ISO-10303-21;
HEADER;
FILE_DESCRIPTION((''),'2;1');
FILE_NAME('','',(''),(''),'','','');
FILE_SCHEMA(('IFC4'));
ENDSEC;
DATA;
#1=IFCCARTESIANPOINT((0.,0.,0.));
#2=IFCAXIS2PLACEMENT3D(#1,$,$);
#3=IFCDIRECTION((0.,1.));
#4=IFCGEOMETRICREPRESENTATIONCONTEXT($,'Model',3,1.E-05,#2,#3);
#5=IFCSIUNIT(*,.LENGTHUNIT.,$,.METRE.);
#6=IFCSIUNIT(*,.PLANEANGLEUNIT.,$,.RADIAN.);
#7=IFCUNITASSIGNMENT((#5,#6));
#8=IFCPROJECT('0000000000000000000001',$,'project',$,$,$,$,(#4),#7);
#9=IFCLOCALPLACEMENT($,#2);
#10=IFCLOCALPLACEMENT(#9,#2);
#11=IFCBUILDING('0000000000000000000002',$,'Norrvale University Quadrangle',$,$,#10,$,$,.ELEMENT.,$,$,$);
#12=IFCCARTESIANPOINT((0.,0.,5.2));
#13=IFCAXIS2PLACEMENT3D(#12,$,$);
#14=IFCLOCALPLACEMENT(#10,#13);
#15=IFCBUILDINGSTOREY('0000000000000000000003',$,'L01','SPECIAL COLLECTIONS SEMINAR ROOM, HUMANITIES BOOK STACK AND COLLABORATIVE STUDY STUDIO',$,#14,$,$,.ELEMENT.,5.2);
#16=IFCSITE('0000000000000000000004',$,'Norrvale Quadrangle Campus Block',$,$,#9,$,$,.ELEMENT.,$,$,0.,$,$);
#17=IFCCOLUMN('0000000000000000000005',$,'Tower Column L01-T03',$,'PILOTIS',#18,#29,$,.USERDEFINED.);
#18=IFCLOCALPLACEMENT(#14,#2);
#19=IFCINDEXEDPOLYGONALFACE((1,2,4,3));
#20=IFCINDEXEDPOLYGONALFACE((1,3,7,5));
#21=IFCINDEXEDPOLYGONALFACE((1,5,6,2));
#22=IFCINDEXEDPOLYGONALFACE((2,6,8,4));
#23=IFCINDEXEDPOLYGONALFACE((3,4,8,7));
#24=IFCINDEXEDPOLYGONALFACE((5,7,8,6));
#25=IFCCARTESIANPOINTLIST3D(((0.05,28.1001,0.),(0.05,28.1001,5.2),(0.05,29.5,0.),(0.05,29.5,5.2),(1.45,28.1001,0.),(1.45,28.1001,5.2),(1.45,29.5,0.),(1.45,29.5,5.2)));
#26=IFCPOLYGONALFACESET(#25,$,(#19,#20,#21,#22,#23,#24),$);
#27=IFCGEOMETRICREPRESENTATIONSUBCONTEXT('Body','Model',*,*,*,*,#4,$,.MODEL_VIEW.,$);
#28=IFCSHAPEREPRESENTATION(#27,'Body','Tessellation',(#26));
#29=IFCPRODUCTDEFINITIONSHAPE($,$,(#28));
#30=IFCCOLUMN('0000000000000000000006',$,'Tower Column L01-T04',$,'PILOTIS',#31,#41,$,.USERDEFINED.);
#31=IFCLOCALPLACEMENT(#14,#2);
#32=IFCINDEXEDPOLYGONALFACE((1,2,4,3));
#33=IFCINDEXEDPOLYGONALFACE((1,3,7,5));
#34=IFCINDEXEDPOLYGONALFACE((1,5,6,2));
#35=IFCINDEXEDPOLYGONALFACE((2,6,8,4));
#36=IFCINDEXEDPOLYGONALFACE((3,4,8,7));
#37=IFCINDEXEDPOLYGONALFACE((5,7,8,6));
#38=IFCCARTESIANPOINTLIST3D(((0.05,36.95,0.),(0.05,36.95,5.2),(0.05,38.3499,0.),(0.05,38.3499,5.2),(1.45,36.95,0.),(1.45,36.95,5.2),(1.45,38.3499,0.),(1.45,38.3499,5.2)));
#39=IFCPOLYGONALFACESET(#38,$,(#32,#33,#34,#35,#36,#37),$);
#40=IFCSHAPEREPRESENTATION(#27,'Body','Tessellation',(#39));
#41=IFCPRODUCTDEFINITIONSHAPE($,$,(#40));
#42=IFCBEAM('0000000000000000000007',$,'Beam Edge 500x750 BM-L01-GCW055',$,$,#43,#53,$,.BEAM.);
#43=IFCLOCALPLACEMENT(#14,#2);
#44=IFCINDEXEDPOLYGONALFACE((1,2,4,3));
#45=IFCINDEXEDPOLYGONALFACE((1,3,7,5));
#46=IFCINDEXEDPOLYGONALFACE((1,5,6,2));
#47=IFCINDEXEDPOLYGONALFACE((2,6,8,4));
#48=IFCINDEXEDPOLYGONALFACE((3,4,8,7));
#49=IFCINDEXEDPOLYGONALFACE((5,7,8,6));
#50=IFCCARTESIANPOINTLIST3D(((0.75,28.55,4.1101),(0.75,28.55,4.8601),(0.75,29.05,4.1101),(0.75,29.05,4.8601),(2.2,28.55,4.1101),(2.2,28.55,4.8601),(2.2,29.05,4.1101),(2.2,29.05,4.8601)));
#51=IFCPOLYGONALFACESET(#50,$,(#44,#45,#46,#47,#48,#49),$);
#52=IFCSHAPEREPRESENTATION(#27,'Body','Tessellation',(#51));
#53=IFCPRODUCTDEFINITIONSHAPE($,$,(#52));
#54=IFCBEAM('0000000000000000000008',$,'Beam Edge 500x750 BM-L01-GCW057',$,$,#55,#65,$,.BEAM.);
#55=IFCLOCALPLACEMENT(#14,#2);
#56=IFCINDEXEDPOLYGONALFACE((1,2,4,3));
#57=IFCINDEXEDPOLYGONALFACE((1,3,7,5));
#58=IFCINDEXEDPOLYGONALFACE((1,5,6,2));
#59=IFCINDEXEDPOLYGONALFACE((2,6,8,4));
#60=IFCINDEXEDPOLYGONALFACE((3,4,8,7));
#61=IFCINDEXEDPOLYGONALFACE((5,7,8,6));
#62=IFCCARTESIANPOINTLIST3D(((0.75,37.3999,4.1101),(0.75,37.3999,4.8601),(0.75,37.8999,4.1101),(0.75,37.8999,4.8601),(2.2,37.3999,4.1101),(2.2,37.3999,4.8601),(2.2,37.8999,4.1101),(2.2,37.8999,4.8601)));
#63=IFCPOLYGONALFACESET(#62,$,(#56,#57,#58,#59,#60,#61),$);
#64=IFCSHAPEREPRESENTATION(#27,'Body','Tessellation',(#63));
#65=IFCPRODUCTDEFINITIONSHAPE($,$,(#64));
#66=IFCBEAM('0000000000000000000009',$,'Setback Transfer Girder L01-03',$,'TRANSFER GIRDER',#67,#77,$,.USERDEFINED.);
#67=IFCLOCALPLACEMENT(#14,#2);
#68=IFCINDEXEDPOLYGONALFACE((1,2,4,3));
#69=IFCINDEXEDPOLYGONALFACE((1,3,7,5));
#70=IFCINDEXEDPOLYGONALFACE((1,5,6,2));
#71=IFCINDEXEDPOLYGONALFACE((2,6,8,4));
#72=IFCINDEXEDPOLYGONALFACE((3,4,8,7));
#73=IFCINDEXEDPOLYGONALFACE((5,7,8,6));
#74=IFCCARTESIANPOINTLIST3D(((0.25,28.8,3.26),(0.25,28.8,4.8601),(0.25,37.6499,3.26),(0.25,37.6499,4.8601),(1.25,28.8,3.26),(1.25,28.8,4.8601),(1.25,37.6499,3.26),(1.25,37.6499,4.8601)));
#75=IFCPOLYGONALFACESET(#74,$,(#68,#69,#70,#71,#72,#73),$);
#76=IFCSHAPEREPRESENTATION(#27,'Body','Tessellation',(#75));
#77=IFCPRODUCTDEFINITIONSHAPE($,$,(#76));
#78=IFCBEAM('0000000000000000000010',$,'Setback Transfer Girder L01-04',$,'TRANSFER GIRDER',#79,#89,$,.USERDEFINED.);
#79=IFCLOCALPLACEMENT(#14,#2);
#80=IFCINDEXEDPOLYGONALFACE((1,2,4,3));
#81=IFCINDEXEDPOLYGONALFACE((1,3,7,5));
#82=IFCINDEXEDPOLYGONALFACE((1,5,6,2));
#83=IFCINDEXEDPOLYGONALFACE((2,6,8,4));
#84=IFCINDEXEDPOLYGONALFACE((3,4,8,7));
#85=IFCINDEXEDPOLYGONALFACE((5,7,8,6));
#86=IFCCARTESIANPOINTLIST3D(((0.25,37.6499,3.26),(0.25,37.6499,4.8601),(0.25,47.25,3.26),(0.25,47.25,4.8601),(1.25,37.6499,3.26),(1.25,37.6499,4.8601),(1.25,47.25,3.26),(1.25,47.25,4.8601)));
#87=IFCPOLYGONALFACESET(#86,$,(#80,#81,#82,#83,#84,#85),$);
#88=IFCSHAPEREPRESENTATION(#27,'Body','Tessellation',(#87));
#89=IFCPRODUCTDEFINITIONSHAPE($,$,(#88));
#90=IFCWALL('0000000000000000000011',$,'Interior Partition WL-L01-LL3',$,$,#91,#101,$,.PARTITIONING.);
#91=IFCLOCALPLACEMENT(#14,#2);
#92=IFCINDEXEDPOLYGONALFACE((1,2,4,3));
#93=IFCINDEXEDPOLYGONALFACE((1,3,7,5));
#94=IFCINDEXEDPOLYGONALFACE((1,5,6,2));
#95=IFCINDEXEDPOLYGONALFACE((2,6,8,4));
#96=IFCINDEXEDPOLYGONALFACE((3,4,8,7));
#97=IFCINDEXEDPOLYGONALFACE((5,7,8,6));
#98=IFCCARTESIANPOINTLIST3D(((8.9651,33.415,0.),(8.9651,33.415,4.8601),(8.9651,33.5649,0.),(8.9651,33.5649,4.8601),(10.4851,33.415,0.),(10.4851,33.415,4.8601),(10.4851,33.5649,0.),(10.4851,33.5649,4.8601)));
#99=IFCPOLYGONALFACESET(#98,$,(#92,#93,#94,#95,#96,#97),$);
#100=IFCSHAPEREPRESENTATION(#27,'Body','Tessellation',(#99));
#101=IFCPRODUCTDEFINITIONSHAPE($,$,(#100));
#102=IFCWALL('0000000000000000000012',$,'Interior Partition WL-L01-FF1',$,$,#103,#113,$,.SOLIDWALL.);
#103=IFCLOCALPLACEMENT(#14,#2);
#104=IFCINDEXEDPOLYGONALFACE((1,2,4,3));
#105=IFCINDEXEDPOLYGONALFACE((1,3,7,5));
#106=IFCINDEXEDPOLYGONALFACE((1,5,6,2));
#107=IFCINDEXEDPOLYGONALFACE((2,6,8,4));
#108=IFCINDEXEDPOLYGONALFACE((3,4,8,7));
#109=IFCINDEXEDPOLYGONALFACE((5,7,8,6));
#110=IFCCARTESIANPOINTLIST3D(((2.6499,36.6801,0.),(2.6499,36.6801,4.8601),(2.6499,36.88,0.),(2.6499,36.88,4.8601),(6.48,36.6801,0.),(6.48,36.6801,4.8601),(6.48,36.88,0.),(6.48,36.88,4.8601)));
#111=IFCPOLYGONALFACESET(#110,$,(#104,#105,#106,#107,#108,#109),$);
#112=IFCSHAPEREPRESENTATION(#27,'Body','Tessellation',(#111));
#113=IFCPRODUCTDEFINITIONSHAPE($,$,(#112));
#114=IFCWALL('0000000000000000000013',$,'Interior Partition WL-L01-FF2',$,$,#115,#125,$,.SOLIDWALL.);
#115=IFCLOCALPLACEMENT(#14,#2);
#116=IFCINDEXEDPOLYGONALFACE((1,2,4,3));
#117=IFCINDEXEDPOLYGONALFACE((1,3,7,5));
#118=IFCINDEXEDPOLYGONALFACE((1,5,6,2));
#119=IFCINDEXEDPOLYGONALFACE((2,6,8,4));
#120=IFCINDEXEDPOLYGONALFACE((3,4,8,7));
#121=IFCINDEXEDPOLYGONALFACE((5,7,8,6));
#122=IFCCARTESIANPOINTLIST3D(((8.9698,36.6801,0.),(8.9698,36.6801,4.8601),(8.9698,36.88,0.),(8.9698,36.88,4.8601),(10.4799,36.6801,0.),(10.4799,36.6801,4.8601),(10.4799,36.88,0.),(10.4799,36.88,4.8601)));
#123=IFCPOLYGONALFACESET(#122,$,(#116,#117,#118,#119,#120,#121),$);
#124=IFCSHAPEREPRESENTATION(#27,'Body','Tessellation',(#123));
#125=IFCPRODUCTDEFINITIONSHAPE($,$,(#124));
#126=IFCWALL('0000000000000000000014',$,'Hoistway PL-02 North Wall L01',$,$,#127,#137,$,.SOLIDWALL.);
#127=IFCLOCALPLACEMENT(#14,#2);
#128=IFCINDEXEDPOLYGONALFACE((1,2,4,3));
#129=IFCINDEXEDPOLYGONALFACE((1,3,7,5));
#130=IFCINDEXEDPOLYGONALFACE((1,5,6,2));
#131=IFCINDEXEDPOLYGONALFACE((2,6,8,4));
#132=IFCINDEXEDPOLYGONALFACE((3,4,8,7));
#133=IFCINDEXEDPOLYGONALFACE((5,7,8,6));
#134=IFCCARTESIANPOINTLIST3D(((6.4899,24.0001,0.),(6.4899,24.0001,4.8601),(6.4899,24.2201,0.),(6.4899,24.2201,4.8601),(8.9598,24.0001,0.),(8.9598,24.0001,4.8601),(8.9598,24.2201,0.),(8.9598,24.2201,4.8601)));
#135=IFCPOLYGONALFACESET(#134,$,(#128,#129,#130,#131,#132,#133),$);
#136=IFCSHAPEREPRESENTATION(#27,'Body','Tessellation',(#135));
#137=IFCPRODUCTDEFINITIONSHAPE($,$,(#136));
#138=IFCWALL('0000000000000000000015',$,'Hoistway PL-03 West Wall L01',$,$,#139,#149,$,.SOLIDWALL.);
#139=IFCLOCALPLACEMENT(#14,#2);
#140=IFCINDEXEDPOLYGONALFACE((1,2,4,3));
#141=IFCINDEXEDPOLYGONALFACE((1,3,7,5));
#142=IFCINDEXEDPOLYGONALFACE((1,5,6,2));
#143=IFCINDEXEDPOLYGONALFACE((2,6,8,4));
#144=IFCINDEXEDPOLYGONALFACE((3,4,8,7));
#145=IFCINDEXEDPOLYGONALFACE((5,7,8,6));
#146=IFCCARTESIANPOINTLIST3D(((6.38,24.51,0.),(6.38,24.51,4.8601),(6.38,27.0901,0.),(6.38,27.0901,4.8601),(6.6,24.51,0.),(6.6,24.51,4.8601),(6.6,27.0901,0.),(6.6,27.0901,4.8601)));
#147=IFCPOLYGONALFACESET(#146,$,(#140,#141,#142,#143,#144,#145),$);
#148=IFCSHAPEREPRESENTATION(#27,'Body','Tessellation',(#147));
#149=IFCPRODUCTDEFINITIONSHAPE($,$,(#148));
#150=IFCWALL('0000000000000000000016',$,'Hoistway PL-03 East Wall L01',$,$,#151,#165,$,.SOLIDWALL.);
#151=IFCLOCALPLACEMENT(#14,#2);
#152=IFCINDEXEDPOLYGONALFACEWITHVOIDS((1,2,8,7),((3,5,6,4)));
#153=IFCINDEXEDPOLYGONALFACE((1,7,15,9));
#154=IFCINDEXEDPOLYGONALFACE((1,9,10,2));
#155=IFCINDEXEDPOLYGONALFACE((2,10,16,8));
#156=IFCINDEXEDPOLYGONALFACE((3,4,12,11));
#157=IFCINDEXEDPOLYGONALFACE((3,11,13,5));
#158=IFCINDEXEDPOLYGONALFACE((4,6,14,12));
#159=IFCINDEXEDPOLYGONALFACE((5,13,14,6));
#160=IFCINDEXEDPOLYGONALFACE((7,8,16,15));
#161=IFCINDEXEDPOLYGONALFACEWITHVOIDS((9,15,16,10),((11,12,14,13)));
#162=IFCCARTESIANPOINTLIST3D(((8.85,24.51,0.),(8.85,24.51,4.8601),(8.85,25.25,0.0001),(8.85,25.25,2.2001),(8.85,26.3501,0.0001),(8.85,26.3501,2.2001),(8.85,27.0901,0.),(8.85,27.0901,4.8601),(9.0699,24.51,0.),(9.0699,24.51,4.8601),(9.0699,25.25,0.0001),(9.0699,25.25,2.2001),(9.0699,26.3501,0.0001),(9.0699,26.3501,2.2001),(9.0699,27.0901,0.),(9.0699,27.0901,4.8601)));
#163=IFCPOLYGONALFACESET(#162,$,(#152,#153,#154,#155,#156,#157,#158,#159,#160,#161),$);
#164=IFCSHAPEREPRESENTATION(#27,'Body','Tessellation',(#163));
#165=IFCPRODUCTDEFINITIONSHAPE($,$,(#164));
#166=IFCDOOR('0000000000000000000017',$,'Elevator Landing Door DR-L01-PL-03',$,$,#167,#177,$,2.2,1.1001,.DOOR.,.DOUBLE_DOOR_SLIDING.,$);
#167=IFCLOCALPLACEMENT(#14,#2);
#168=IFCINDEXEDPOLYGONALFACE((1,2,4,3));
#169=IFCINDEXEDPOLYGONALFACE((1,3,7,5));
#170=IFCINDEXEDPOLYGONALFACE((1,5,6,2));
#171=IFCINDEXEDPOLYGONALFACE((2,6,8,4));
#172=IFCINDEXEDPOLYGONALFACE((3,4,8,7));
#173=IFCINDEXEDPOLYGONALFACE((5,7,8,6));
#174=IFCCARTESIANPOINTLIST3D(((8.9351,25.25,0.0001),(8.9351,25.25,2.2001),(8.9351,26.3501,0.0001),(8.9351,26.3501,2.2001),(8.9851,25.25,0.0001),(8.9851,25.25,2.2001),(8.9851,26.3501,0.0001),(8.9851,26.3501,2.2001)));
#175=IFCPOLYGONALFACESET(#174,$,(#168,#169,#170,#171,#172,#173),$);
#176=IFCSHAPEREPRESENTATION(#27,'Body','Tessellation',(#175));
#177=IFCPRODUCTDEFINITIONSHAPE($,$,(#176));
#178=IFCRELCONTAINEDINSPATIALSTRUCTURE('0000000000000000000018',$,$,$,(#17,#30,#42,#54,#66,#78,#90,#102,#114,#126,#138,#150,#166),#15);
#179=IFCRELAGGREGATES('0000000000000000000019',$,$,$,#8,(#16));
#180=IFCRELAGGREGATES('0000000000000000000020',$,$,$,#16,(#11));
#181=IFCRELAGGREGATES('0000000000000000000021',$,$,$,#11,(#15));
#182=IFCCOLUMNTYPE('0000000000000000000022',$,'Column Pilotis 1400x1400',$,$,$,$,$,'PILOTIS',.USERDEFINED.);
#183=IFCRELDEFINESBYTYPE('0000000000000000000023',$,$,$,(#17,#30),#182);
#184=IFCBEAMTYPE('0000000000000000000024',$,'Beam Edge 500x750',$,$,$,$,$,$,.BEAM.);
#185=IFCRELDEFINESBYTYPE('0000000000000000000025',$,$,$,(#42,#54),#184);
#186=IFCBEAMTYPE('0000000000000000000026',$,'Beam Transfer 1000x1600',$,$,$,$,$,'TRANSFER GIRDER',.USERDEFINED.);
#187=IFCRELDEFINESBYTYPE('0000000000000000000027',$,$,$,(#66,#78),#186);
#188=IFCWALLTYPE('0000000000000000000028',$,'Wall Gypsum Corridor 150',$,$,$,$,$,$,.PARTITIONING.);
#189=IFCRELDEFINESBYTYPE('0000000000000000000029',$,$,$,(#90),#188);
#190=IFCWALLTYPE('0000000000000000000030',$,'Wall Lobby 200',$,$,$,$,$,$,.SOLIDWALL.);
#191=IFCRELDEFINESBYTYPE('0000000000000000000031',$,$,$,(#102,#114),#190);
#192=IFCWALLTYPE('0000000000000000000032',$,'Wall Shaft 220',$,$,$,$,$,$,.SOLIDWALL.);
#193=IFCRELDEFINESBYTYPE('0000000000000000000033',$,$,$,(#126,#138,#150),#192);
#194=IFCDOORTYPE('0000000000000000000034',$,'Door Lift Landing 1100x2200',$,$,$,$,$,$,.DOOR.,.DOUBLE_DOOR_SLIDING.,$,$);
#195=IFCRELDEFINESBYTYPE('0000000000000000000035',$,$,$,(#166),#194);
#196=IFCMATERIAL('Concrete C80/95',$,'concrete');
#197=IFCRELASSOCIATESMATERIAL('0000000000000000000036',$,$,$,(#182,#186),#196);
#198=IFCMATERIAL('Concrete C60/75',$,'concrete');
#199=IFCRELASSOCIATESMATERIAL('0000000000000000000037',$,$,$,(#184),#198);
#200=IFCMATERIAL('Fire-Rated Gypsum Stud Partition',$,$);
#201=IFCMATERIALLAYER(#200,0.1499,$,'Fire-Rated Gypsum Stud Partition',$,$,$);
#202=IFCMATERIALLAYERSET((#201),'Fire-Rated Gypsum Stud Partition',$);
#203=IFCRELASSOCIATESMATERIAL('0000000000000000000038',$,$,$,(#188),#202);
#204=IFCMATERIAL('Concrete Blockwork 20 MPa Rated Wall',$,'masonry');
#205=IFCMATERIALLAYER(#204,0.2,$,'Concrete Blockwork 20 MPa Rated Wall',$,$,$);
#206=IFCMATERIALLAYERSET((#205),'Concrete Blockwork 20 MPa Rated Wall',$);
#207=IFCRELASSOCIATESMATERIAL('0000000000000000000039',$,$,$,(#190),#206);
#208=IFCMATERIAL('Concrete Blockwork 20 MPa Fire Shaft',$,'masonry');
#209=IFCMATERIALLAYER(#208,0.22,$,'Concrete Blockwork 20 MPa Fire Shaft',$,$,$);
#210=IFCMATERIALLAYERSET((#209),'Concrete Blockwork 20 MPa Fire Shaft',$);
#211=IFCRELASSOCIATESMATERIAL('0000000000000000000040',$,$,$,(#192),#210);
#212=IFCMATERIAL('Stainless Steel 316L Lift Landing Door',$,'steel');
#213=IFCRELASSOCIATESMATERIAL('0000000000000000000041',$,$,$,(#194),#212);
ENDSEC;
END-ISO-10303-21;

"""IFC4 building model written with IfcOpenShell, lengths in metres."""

from ifc_helpers import new_model, si_unit, direction, frame, frame_2d, origin, origin_2d, place, context, subcontext, project, spatial, rectangle, extrude, material, layer, layer_set, material_profile, profile_set, type_object, element, fill, save


model = new_model("IFC4")

# Units and contexts
model_context = context("Model", 3, precision=1e-05, world=origin(), true_north=direction((0.0, 1.0)))
body_context = subcontext(model_context, "Body", "Model", "MODEL_VIEW")
ifc_project = project(units=[si_unit("LENGTHUNIT", "METRE"), si_unit("PLANEANGLEUNIT", "RADIAN")], contexts=[model_context])

# Site, building, storey
site_placement = place(None, origin())
site = spatial("IfcSite", under=ifc_project, at=site_placement, Name="Norrvale Quadrangle Campus Block", CompositionType="ELEMENT", RefElevation=0.0)
building_placement = place(site_placement, origin())
building = spatial("IfcBuilding", under=site, at=building_placement, Name="Norrvale University Quadrangle", CompositionType="ELEMENT")
storey_placement = place(building_placement, frame((0.0, 0.0, 5.2)))
storey = spatial("IfcBuildingStorey", under=building, at=storey_placement, Name="L01", Description="SPECIAL COLLECTIONS SEMINAR ROOM, HUMANITIES BOOK STACK AND COLLABORATIVE STUDY STUDIO", CompositionType="ELEMENT", Elevation=5.2)

# Columns
ifc_material_1 = material(Name="Concrete C80/95", Category="concrete")
ifc_material_profile_1 = material_profile(ifc_material_1, rectangle(XDim=1.3999, YDim=1.3999, at=origin_2d()), Name="Concrete C80/95")
ifc_profile_set_1 = profile_set([ifc_material_profile_1], Name="Concrete C80/95")
column_type = type_object("IfcColumnType", Name="Column Pilotis 1400x1400", ElementType="PILOTIS", PredefinedType="USERDEFINED", material=ifc_profile_set_1)
for number, where, z_axis, x_axis, name in (
    (1, (0.75, 28.8, 0.0), (0.0, 0.0, 1.0), (1.0, 0.0, 0.0), "Tower Column L01-T03"),
    (2, (0.75, 37.6499, 0.0), (0.0, 0.0, 1.0), (1.0, 0.0, 0.0), "Tower Column L01-T04"),
):
    element("IfcColumn", number, at=place(storey_placement, frame(where, z_axis=z_axis, x_axis=x_axis)), inside=storey, type_object=column_type, Name=name, ObjectType="PILOTIS", PredefinedType="USERDEFINED", context=body_context, shape_type="SweptSolid", body=[
        extrude(rectangle(XDim=1.3999, YDim=1.3999, at=origin_2d()), origin(), (0.0, 0.0, 1.0), 5.2),
    ])

# Beams
ifc_material_2 = material(Name="Concrete C60/75", Category="concrete")
ifc_material_profile_2 = material_profile(ifc_material_2, rectangle(XDim=0.5, YDim=0.75, at=origin_2d()), Name="Concrete C60/75")
ifc_profile_set_2 = profile_set([ifc_material_profile_2], Name="Concrete C60/75")
beam_type_1 = type_object("IfcBeamType", Name="Beam Edge 500x750", PredefinedType="BEAM", material=ifc_profile_set_2)
for number, where, z_axis, x_axis, name in (
    (3, (0.75, 28.8, 4.4851), (1.0, 0.0, 0.0), (0.0, 1.0, 0.0), "Beam Edge 500x750 BM-L01-GCW055"),
    (4, (0.75, 37.6499, 4.4851), (1.0, 0.0, 0.0), (0.0, 1.0, 0.0), "Beam Edge 500x750 BM-L01-GCW057"),
):
    element("IfcBeam", number, at=place(storey_placement, frame(where, z_axis=z_axis, x_axis=x_axis)), inside=storey, type_object=beam_type_1, Name=name, PredefinedType="BEAM", context=body_context, shape_type="SweptSolid", body=[
        extrude(rectangle(XDim=0.5, YDim=0.75, at=origin_2d()), origin(), (0.0, 0.0, 1.0), 1.45),
    ])
ifc_material_profile_3 = material_profile(ifc_material_1, rectangle(XDim=1.0, YDim=1.6001, at=origin_2d()), Name="Concrete C80/95")
ifc_profile_set_3 = profile_set([ifc_material_profile_3], Name="Concrete C80/95")
beam_type_2 = type_object("IfcBeamType", Name="Beam Transfer 1000x1600", ElementType="TRANSFER GIRDER", PredefinedType="USERDEFINED", material=ifc_profile_set_3)
beam_1_placement = place(storey_placement, frame((0.75, 28.8, 4.0601), z_axis=(0.0, 1.0, 0.0), x_axis=(-1.0, 0.0, 0.0)))
element("IfcBeam", 5, at=beam_1_placement, inside=storey, type_object=beam_type_2, Name="Setback Transfer Girder L01-03", ObjectType="TRANSFER GIRDER", PredefinedType="USERDEFINED", context=body_context, shape_type="SweptSolid", body=[
    extrude(rectangle(XDim=1.0, YDim=1.6001, at=origin_2d()), origin(), (0.0, 0.0, 1.0), 8.8499),
])
beam_2_placement = place(storey_placement, frame((0.75, 37.6499, 4.0601), z_axis=(0.0, 1.0, 0.0), x_axis=(-1.0, 0.0, 0.0)))
element("IfcBeam", 6, at=beam_2_placement, inside=storey, type_object=beam_type_2, Name="Setback Transfer Girder L01-04", ObjectType="TRANSFER GIRDER", PredefinedType="USERDEFINED", context=body_context, shape_type="SweptSolid", body=[
    extrude(rectangle(XDim=1.0, YDim=1.6001, at=origin_2d()), origin(), (0.0, 0.0, 1.0), 9.6001),
])

# Walls
ifc_material_3 = material(Name="Fire-Rated Gypsum Stud Partition")
ifc_layer_1 = layer(ifc_material_3, 0.1499, Name="Fire-Rated Gypsum Stud Partition")
ifc_layer_set_1 = layer_set([ifc_layer_1], Name="Fire-Rated Gypsum Stud Partition")
wall_type_1 = type_object("IfcWallType", Name="Wall Gypsum Corridor 150", PredefinedType="PARTITIONING", material=ifc_layer_set_1)
wall_1_placement = place(storey_placement, frame((8.9651, 33.49, 0.0), z_axis=(0.0, 0.0, 1.0), x_axis=(1.0, 0.0, 0.0)))
element("IfcWall", 7, at=wall_1_placement, inside=storey, type_object=wall_type_1, Name="Interior Partition WL-L01-LL3", PredefinedType="PARTITIONING", context=body_context, shape_type="SweptSolid", body=[
    extrude(rectangle(XDim=1.52, YDim=0.1499, at=frame_2d((0.76, 0.0))), origin(), (0.0, 0.0, 1.0), 4.8601),
])
ifc_material_4 = material(Name="Concrete Blockwork 20 MPa Rated Wall", Category="masonry")
ifc_layer_2 = layer(ifc_material_4, 0.2, Name="Concrete Blockwork 20 MPa Rated Wall")
ifc_layer_set_2 = layer_set([ifc_layer_2], Name="Concrete Blockwork 20 MPa Rated Wall")
wall_type_2 = type_object("IfcWallType", Name="Wall Lobby 200", PredefinedType="SOLIDWALL", material=ifc_layer_set_2)
wall_2_placement = place(storey_placement, frame((2.6499, 36.78, 0.0), z_axis=(0.0, 0.0, 1.0), x_axis=(1.0, 0.0, 0.0)))
element("IfcWall", 8, at=wall_2_placement, inside=storey, type_object=wall_type_2, Name="Interior Partition WL-L01-FF1", PredefinedType="SOLIDWALL", context=body_context, shape_type="SweptSolid", body=[
    extrude(rectangle(XDim=3.8301, YDim=0.2, at=frame_2d((1.915, 0.0))), origin(), (0.0, 0.0, 1.0), 4.8601),
])
wall_3_placement = place(storey_placement, frame((8.97, 36.78, 0.0), z_axis=(0.0, 0.0, 1.0), x_axis=(1.0, 0.0, 0.0)))
element("IfcWall", 9, at=wall_3_placement, inside=storey, type_object=wall_type_2, Name="Interior Partition WL-L01-FF2", PredefinedType="SOLIDWALL", context=body_context, shape_type="SweptSolid", body=[
    extrude(rectangle(XDim=1.51, YDim=0.2, at=frame_2d((0.7549, 0.0))), origin(), (0.0, 0.0, 1.0), 4.8601),
])
ifc_material_5 = material(Name="Concrete Blockwork 20 MPa Fire Shaft", Category="masonry")
ifc_layer_3 = layer(ifc_material_5, 0.22, Name="Concrete Blockwork 20 MPa Fire Shaft")
ifc_layer_set_3 = layer_set([ifc_layer_3], Name="Concrete Blockwork 20 MPa Fire Shaft")
wall_type_3 = type_object("IfcWallType", Name="Wall Shaft 220", PredefinedType="SOLIDWALL", material=ifc_layer_set_3)
wall_4_placement = place(storey_placement, frame((6.49, 24.1101, 0.0), z_axis=(0.0, 0.0, 1.0), x_axis=(1.0, 0.0, 0.0)))
element("IfcWall", 10, at=wall_4_placement, inside=storey, type_object=wall_type_3, Name="Hoistway PL-02 North Wall L01", PredefinedType="SOLIDWALL", context=body_context, shape_type="SweptSolid", body=[
    extrude(rectangle(XDim=2.47, YDim=0.22, at=frame_2d((1.2349, 0.0))), origin(), (0.0, 0.0, 1.0), 4.8601),
])
wall_5_placement = place(storey_placement, frame((6.49, 24.51, 0.0), z_axis=(0.0, 0.0, 1.0), x_axis=(0.0, 1.0, 0.0)))
element("IfcWall", 11, at=wall_5_placement, inside=storey, type_object=wall_type_3, Name="Hoistway PL-03 West Wall L01", PredefinedType="SOLIDWALL", context=body_context, shape_type="SweptSolid", body=[
    extrude(rectangle(XDim=2.5801, YDim=0.22, at=frame_2d((1.29, 0.0))), origin(), (0.0, 0.0, 1.0), 4.8601),
])

# Wall, opening, door
wall_6_placement = place(storey_placement, frame((8.96, 24.51, 0.0), z_axis=(0.0, 0.0, 1.0), x_axis=(0.0, 1.0, 0.0)))
wall_6 = element("IfcWall", 12, at=wall_6_placement, inside=storey, type_object=wall_type_3, Name="Hoistway PL-03 East Wall L01", PredefinedType="SOLIDWALL", context=body_context, shape_type="SweptSolid", body=[
    extrude(rectangle(XDim=2.5801, YDim=0.22, at=frame_2d((1.29, 0.0))), origin(), (0.0, 0.0, 1.0), 4.8601),
])
opening_1_placement = place(wall_6_placement, frame((0.74, 0.0, 0.0)))
opening_1 = element("IfcOpeningElement", 13, at=opening_1_placement, cuts=wall_6, PredefinedType="OPENING", context=body_context, shape_type="SweptSolid", body=[
    extrude(rectangle(XDim=1.1001, YDim=2.2, at=frame_2d((0.55, 1.1001))), frame((0.0, 0.1221, 0.0), z_axis=(0.0, -1.0, 0.0), x_axis=(1.0, 0.0, 0.0)), (0.0, 0.0, 1.0), 0.2439),
])
ifc_material_6 = material(Name="Stainless Steel 316L Lift Landing Door", Category="steel")
door_type_1 = type_object("IfcDoorType", Name="Door Lift Landing 1100x2200", OperationType="DOUBLE_DOOR_SLIDING", PredefinedType="DOOR", material=ifc_material_6)
door_1_placement = place(opening_1_placement, origin())
door_1 = element("IfcDoor", 14, at=door_1_placement, inside=storey, type_object=door_type_1, Name="Elevator Landing Door DR-L01-PL-03", OperationType="DOUBLE_DOOR_SLIDING", OverallHeight=2.2, OverallWidth=1.1001, PredefinedType="DOOR", context=body_context, shape_type="SweptSolid", body=[
    extrude(rectangle(XDim=1.1001, YDim=2.2, at=frame_2d((0.55, 1.1001))), frame((0.0, 0.0249, 0.0), z_axis=(0.0, -1.0, 0.0), x_axis=(1.0, 0.0, 0.0)), (0.0, 0.0, 1.0), 0.05),
])
fill(opening_1, door_1)

save(model, "model.ifc")
